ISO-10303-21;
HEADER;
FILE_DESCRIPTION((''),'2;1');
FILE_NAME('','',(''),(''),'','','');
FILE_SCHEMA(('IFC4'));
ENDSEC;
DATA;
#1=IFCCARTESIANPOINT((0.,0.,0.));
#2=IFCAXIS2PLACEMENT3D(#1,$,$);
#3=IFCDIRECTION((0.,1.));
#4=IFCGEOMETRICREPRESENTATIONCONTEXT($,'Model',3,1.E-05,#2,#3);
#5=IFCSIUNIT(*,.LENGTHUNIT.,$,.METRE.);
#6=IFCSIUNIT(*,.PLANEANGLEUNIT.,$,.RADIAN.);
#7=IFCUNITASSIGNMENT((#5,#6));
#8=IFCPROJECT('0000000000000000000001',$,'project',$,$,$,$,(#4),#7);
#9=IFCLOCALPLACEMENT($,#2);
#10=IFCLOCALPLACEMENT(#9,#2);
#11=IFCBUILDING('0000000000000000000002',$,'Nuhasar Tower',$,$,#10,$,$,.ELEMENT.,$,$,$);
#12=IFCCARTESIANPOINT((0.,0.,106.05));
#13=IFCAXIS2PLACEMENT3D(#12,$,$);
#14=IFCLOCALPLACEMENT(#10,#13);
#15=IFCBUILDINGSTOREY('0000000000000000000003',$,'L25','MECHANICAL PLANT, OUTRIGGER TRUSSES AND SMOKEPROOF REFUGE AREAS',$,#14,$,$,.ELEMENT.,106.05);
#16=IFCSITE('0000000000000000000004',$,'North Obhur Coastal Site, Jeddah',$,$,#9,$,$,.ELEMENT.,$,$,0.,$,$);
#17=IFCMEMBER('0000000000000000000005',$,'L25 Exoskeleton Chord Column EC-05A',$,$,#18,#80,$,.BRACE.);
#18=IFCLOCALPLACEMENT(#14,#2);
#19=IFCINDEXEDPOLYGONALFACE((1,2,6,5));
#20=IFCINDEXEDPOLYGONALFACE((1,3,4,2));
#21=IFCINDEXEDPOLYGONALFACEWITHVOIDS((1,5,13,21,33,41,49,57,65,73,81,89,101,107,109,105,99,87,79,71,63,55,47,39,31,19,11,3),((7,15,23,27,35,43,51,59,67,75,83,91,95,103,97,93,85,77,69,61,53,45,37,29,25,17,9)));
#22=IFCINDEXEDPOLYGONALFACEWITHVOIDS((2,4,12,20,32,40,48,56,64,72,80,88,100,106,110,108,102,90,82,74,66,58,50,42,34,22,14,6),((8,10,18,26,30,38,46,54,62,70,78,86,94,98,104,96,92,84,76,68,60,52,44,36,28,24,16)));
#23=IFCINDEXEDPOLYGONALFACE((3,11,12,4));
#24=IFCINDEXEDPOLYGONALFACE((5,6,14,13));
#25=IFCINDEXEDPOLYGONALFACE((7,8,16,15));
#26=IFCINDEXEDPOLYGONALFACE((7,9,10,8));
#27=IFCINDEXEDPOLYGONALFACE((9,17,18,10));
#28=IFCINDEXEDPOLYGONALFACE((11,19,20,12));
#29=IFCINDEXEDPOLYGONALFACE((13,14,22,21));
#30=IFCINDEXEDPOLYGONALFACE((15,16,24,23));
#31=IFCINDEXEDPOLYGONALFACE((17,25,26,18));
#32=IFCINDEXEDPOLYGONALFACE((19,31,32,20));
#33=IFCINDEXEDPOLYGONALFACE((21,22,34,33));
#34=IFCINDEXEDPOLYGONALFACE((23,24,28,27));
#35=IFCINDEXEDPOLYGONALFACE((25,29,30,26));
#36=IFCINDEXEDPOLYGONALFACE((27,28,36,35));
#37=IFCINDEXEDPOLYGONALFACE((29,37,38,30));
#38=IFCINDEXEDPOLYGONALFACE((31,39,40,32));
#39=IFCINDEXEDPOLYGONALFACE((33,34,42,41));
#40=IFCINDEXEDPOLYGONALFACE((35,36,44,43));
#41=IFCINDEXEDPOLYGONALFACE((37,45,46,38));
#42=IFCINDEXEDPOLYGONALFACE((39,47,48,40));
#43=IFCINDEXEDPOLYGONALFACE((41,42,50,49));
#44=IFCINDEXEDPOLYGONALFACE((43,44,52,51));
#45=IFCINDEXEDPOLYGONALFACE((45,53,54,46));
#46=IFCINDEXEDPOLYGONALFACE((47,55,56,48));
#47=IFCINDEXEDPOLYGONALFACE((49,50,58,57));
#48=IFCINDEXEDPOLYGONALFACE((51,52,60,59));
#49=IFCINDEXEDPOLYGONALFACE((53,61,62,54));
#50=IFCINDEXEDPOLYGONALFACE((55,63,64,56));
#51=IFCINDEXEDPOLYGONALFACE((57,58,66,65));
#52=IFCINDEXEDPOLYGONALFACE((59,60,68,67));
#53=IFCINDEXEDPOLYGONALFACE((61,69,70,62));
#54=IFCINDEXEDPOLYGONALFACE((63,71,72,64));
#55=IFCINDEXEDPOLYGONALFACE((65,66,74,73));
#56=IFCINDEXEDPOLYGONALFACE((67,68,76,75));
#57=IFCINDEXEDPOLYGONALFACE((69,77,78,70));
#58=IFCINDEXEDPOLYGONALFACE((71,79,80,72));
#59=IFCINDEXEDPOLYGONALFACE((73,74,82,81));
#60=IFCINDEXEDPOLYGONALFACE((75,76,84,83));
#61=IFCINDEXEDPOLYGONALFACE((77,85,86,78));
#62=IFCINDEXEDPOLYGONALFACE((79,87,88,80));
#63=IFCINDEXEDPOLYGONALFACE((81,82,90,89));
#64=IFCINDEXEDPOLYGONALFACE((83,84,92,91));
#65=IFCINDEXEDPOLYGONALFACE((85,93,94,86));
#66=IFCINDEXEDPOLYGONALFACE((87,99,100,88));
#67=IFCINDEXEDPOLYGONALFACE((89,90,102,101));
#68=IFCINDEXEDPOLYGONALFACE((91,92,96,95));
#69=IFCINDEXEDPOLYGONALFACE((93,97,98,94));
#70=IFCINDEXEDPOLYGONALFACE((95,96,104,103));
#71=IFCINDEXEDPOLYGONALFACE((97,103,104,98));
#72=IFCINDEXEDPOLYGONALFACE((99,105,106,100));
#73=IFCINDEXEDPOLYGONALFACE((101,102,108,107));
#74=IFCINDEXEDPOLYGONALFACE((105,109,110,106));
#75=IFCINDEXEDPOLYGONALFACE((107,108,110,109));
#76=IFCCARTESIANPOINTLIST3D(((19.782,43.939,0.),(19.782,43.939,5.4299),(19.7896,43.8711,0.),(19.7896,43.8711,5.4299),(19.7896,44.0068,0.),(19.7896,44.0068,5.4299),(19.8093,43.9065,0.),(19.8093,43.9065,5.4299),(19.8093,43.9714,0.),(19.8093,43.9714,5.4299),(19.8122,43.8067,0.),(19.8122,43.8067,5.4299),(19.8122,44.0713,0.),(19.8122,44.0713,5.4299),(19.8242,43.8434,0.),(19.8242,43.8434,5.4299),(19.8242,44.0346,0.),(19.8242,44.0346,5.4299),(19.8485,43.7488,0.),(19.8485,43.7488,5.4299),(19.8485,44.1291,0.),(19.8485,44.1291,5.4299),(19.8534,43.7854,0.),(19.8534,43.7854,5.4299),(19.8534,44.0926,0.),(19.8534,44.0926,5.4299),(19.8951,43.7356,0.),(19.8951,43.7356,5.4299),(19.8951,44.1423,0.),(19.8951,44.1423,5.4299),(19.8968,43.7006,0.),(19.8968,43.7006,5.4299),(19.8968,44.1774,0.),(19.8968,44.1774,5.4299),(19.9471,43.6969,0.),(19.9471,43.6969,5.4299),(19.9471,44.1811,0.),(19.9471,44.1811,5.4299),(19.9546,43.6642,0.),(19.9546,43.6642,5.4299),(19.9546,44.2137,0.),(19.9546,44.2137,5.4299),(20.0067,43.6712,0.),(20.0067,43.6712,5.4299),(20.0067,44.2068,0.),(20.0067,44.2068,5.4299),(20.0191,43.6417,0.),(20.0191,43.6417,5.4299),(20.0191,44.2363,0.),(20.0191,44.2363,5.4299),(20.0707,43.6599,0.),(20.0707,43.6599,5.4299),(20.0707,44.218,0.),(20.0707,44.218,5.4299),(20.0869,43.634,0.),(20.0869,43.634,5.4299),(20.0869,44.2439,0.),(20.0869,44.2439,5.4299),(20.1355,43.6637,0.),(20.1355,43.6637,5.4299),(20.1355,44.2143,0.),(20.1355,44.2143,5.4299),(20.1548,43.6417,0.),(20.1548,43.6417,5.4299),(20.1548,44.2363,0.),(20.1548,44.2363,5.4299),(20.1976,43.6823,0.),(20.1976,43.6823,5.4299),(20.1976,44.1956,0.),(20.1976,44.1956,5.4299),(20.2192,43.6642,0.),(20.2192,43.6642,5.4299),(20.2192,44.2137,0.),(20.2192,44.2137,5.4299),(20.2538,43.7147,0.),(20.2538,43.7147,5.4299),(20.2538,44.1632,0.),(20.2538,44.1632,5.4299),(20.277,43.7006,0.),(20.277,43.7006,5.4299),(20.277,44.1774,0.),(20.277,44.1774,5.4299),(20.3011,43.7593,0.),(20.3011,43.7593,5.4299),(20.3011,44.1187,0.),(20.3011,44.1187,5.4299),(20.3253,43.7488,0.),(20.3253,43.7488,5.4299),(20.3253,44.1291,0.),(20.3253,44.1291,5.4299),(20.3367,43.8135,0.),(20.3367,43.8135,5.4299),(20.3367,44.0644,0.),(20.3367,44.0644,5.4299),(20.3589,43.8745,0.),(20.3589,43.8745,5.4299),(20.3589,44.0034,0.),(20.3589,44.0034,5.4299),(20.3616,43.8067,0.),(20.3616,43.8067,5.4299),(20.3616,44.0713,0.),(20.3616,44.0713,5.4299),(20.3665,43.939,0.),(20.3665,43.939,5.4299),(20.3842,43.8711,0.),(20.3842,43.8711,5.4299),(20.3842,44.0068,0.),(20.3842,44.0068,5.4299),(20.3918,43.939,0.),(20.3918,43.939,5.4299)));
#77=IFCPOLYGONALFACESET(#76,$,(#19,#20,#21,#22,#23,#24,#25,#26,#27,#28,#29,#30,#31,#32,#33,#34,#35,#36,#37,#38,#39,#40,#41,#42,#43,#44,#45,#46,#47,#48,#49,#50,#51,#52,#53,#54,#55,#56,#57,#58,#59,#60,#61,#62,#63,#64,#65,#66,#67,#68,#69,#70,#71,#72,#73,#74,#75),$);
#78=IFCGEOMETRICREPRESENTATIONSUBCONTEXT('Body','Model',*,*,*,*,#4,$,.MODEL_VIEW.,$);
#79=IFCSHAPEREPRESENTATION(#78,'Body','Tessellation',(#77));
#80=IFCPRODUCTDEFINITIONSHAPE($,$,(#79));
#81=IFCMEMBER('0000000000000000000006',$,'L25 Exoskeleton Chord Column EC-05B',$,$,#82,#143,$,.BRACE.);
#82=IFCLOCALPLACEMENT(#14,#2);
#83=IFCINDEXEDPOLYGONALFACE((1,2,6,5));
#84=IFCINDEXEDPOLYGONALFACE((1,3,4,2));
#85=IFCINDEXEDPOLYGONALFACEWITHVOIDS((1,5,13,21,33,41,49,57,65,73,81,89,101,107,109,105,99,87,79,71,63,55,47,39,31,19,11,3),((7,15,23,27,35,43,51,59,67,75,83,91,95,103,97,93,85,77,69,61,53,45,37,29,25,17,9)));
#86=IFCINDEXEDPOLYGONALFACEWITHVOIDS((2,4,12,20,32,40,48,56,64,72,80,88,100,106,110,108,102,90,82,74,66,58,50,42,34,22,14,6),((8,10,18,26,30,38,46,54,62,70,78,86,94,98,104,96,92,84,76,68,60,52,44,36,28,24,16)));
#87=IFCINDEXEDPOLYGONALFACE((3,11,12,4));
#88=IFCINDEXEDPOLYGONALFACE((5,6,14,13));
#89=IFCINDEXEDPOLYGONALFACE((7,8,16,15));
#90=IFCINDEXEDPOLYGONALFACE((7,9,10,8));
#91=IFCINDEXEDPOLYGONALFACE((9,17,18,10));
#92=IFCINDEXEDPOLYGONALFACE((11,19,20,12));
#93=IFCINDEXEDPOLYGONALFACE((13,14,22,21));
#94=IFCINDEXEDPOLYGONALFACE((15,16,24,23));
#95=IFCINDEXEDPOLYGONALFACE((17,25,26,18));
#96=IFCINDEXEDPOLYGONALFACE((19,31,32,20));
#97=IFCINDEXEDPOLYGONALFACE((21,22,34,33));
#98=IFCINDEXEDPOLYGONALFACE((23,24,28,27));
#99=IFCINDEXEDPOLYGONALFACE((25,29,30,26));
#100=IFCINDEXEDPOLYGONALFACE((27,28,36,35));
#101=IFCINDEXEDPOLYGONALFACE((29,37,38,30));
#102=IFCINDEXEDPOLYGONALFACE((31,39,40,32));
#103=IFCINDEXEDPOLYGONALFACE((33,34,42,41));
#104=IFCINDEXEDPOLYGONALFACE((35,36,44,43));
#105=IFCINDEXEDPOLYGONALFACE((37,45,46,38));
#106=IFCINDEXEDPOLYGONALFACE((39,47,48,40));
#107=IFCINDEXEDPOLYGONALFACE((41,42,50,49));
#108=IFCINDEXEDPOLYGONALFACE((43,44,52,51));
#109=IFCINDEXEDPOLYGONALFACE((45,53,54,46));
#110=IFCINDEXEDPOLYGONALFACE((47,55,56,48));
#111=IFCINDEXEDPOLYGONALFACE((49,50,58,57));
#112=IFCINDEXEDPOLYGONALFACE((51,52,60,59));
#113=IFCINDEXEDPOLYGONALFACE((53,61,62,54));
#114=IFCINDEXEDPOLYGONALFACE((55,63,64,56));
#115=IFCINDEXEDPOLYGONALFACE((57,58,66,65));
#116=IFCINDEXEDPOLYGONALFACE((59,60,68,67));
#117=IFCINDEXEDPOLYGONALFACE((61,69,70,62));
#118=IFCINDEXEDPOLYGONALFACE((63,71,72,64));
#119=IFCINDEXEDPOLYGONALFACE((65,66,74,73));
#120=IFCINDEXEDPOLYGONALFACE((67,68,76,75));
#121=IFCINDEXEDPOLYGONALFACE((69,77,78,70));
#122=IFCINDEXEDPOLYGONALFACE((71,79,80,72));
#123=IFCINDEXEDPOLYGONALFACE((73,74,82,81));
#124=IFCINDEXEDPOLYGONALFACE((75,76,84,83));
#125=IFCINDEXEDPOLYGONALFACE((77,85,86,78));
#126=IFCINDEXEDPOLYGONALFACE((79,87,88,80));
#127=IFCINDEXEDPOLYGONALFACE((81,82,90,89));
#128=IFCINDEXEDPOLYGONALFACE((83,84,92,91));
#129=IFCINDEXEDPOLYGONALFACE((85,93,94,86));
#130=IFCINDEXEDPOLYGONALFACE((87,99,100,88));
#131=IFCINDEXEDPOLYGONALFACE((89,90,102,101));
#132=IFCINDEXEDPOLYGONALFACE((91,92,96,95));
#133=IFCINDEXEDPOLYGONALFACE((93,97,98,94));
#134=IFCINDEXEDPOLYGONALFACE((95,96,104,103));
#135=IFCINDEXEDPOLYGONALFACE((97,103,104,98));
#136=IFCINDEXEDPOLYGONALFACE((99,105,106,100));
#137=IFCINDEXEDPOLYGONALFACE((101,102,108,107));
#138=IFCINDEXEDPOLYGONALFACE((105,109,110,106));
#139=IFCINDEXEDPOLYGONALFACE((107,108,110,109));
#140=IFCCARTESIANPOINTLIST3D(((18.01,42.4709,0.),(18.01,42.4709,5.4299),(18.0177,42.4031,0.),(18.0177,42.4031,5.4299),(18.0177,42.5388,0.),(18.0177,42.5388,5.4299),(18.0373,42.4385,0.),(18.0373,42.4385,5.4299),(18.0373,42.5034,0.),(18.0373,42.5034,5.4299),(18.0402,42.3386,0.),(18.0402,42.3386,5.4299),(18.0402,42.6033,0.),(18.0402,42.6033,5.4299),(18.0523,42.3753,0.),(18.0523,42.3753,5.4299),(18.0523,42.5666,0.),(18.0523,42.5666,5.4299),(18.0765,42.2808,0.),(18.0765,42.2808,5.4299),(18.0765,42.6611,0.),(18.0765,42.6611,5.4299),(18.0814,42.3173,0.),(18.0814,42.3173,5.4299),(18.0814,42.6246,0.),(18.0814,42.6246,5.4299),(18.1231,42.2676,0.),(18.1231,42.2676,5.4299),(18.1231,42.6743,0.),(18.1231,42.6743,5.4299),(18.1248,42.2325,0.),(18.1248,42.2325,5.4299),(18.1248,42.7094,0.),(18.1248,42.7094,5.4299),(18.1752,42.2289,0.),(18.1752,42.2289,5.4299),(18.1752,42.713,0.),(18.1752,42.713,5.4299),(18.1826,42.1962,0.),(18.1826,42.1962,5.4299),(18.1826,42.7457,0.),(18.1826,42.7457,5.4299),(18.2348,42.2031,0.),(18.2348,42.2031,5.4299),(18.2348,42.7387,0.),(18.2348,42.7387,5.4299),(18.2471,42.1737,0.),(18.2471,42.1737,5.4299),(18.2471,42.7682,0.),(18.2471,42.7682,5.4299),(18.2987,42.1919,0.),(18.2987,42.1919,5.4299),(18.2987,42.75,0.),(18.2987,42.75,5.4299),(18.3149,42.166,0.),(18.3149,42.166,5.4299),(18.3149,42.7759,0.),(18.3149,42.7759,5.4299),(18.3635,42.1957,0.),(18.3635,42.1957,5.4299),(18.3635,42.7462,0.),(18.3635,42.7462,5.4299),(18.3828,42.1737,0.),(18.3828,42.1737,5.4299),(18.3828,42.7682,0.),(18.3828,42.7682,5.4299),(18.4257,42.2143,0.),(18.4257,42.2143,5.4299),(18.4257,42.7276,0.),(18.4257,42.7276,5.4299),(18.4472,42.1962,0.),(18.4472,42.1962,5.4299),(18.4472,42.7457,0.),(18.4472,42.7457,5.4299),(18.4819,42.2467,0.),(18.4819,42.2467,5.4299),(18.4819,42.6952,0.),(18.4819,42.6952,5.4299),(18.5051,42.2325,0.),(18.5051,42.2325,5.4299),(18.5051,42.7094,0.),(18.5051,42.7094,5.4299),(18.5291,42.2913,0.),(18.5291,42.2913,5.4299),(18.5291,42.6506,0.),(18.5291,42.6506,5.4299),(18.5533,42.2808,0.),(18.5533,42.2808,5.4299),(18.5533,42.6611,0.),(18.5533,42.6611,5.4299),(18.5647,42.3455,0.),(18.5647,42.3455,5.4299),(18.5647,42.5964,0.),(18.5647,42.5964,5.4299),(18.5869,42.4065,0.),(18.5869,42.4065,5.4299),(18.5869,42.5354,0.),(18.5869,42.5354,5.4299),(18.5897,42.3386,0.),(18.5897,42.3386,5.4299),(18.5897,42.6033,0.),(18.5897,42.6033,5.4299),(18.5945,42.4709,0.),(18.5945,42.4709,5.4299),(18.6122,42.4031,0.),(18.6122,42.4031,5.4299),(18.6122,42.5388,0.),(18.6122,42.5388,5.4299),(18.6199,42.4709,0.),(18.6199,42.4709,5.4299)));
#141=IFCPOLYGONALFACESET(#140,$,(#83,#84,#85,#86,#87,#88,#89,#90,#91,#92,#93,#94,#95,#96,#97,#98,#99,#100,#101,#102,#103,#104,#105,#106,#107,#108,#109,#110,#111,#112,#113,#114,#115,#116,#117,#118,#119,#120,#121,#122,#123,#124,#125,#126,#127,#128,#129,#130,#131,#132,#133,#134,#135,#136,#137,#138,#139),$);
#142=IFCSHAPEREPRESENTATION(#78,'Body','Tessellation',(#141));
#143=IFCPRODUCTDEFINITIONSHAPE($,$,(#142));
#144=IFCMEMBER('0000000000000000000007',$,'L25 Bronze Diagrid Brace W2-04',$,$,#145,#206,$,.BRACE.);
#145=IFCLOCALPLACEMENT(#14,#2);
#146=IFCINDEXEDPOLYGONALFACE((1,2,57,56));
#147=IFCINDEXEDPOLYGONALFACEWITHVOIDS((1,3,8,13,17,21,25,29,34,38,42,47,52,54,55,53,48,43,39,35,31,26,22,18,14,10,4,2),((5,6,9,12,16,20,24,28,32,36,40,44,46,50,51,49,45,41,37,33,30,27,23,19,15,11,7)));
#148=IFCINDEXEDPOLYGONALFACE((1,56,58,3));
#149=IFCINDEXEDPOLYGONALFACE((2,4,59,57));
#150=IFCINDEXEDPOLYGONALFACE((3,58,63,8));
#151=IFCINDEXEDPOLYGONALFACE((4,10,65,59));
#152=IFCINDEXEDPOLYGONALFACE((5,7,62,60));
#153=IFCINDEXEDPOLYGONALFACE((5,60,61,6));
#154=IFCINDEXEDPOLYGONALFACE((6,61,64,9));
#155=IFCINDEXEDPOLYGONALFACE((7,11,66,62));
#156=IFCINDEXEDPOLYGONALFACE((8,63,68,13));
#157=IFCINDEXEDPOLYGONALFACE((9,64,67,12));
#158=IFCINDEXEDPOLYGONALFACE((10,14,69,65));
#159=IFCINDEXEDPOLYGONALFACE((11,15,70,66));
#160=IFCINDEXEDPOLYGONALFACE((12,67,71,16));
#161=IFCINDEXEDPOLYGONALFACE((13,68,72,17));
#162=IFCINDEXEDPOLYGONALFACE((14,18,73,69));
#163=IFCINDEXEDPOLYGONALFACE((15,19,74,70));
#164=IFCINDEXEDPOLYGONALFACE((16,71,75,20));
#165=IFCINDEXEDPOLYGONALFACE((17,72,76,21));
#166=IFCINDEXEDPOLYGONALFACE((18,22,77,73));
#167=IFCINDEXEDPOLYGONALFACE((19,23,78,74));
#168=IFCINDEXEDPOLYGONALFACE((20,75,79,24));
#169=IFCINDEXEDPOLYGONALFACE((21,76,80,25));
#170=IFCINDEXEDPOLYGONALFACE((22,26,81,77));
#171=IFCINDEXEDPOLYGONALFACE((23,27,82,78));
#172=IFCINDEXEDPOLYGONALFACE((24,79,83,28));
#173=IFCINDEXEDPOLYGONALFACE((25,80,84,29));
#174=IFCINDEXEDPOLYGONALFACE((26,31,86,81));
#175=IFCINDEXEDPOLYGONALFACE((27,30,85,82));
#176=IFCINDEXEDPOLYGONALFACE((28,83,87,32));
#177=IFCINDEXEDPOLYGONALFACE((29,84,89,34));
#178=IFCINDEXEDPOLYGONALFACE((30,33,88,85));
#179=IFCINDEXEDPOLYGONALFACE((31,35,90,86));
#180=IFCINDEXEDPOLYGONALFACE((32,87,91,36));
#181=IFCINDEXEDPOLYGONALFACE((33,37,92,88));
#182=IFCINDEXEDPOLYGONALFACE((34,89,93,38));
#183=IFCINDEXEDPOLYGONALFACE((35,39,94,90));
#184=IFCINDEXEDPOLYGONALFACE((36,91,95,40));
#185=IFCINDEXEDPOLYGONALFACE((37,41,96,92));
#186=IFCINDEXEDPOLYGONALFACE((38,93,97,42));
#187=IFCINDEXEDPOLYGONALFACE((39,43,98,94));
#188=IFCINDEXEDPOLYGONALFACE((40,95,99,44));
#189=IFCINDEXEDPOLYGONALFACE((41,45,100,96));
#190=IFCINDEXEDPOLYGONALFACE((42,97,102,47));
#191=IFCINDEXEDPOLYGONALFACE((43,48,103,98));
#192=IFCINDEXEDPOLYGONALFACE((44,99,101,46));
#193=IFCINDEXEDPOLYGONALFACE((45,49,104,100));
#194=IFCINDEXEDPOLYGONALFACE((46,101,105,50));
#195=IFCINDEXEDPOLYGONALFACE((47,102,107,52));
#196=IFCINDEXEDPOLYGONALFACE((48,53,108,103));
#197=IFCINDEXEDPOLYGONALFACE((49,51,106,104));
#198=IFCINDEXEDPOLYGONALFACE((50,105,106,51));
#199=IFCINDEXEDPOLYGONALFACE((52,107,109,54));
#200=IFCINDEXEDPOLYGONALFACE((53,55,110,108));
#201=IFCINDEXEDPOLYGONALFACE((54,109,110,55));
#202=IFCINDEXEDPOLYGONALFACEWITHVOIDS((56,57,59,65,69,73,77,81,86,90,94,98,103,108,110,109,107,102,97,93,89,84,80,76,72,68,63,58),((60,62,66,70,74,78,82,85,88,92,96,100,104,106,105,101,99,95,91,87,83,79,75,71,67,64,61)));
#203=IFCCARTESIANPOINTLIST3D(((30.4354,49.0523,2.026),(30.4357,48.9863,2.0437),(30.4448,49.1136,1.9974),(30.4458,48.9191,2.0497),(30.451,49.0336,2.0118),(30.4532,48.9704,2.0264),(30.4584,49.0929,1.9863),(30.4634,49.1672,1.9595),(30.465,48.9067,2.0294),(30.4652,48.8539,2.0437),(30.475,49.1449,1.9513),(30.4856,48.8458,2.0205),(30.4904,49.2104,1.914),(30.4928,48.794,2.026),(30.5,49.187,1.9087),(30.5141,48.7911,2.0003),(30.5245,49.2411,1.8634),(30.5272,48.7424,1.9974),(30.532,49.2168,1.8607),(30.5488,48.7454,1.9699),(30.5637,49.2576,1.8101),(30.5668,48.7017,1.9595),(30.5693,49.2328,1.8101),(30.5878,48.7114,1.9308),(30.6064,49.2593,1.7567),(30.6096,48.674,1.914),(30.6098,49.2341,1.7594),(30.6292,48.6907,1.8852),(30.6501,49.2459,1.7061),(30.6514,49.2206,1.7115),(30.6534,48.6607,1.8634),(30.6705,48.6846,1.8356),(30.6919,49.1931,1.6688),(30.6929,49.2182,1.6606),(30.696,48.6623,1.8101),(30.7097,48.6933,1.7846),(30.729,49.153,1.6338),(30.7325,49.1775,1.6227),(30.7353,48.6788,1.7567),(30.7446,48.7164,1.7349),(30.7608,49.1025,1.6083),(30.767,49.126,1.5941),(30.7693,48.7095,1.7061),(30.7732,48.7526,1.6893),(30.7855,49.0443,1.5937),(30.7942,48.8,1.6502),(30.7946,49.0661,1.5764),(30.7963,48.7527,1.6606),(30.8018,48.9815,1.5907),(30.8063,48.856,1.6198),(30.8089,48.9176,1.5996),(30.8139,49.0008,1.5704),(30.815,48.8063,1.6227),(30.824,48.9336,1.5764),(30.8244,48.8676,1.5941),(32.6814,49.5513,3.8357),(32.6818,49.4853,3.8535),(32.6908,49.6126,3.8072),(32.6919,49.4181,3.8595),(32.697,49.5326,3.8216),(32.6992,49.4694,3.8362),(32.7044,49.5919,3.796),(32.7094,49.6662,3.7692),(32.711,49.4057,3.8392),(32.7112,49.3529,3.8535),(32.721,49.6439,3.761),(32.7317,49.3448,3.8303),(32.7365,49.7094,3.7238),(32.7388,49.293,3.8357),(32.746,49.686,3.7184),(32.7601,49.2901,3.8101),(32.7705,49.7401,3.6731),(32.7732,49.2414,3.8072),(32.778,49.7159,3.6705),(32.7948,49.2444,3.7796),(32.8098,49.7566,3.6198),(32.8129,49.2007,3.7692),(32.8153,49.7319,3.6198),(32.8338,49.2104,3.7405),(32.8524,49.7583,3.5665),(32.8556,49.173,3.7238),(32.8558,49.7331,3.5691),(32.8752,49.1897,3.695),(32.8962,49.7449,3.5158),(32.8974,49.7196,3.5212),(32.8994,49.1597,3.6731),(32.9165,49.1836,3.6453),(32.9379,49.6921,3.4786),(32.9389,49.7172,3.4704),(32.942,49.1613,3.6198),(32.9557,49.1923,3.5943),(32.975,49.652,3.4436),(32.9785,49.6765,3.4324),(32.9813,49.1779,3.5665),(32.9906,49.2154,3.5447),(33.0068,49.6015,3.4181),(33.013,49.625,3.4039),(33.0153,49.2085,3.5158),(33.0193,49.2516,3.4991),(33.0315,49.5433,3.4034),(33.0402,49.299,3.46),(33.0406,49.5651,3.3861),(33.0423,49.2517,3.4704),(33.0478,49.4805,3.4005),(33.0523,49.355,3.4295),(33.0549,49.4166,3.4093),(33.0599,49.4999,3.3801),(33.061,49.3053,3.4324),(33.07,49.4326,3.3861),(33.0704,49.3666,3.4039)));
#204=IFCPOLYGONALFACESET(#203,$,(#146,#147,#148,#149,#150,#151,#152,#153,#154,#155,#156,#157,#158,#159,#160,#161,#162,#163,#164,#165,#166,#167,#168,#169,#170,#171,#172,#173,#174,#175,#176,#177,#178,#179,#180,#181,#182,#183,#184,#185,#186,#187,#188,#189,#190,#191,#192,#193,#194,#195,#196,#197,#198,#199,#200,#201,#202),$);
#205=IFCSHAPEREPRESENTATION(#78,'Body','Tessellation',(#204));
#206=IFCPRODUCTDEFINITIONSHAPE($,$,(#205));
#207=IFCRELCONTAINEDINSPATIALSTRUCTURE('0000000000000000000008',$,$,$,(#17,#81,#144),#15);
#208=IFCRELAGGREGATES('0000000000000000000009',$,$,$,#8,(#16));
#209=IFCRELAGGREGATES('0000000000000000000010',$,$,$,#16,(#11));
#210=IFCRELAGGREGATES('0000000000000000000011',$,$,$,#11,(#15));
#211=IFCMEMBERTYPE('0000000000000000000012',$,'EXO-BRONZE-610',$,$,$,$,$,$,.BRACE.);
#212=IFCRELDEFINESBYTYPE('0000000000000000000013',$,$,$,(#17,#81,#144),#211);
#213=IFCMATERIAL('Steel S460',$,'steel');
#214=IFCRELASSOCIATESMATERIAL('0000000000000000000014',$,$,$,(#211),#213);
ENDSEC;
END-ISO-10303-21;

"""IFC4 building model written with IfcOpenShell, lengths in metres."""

from ifc_helpers import new_model, si_unit, direction, frame, origin, origin_2d, place, context, subcontext, project, spatial, hollow_circle, extrude, material, material_profile, profile_set, type_object, element, save


model = new_model("IFC4")

# Units and contexts
model_context = context("Model", 3, precision=1e-05, world=origin(), true_north=direction((0.0, 1.0)))
body_context = subcontext(model_context, "Body", "Model", "MODEL_VIEW")
ifc_project = project(units=[si_unit("LENGTHUNIT", "METRE"), si_unit("PLANEANGLEUNIT", "RADIAN")], contexts=[model_context])

# Site, building, storey
site_placement = place(None, origin())
site = spatial("IfcSite", under=ifc_project, at=site_placement, Name="North Obhur Coastal Site, Jeddah", CompositionType="ELEMENT", RefElevation=0.0)
building_placement = place(site_placement, origin())
building = spatial("IfcBuilding", under=site, at=building_placement, Name="Nuhasar Tower", CompositionType="ELEMENT")
storey_placement = place(building_placement, frame((0.0, 0.0, 106.05)))
storey = spatial("IfcBuildingStorey", under=building, at=storey_placement, Name="L25", Description="MECHANICAL PLANT, OUTRIGGER TRUSSES AND SMOKEPROOF REFUGE AREAS", CompositionType="ELEMENT", Elevation=106.05)

# Shared definitions
ifc_material_1 = material(Name="Steel S460", Category="steel")

# Members
ifc_material_profile_1 = material_profile(ifc_material_1, hollow_circle(Radius=0.3049, WallThickness=0.0254, at=origin_2d()), Name="HSS610X25.4")
ifc_profile_set_1 = profile_set([ifc_material_profile_1], Name="Steel S460")
member_type_1 = type_object("IfcMemberType", Name="EXO-BRONZE-610", PredefinedType="BRACE", material=ifc_profile_set_1)
for number, where, z_axis, x_axis, name in (
    (1, (20.0869, 43.939, 0.0), (0.0, 0.0, 1.0), (1.0, 0.0, 0.0), "L25 Exoskeleton Chord Column EC-05A"),
    (2, (18.3149, 42.4709, 0.0), (0.0, 0.0, 1.0), (1.0, 0.0, 0.0), "L25 Exoskeleton Chord Column EC-05B"),
):
    element("IfcMember", number, at=place(storey_placement, frame(where, z_axis=z_axis, x_axis=x_axis)), inside=storey, type_object=member_type_1, Name=name, PredefinedType="BRACE", context=body_context, shape_type="SweptSolid", body=[
        extrude(hollow_circle(Radius=0.3049, WallThickness=0.0254, at=origin_2d()), origin(), (0.0, 0.0, 1.0), 5.4299),
    ])
member_1_placement = place(storey_placement, frame((30.6299, 48.96, 1.8101), z_axis=(0.767278, 0.170469, 0.618243), x_axis=(-0.216886, 0.976197, 0.0)))
element("IfcMember", 3, at=member_1_placement, inside=storey, type_object=member_type_1, Name="L25 Bronze Diagrid Brace W2-04", PredefinedType="BRACE", context=body_context, shape_type="SweptSolid", body=[
    extrude(hollow_circle(Radius=0.3049, WallThickness=0.0254, at=origin_2d()), origin(), (0.0, 0.0, 1.0), 2.9272),
])

save(model, "model.ifc")
